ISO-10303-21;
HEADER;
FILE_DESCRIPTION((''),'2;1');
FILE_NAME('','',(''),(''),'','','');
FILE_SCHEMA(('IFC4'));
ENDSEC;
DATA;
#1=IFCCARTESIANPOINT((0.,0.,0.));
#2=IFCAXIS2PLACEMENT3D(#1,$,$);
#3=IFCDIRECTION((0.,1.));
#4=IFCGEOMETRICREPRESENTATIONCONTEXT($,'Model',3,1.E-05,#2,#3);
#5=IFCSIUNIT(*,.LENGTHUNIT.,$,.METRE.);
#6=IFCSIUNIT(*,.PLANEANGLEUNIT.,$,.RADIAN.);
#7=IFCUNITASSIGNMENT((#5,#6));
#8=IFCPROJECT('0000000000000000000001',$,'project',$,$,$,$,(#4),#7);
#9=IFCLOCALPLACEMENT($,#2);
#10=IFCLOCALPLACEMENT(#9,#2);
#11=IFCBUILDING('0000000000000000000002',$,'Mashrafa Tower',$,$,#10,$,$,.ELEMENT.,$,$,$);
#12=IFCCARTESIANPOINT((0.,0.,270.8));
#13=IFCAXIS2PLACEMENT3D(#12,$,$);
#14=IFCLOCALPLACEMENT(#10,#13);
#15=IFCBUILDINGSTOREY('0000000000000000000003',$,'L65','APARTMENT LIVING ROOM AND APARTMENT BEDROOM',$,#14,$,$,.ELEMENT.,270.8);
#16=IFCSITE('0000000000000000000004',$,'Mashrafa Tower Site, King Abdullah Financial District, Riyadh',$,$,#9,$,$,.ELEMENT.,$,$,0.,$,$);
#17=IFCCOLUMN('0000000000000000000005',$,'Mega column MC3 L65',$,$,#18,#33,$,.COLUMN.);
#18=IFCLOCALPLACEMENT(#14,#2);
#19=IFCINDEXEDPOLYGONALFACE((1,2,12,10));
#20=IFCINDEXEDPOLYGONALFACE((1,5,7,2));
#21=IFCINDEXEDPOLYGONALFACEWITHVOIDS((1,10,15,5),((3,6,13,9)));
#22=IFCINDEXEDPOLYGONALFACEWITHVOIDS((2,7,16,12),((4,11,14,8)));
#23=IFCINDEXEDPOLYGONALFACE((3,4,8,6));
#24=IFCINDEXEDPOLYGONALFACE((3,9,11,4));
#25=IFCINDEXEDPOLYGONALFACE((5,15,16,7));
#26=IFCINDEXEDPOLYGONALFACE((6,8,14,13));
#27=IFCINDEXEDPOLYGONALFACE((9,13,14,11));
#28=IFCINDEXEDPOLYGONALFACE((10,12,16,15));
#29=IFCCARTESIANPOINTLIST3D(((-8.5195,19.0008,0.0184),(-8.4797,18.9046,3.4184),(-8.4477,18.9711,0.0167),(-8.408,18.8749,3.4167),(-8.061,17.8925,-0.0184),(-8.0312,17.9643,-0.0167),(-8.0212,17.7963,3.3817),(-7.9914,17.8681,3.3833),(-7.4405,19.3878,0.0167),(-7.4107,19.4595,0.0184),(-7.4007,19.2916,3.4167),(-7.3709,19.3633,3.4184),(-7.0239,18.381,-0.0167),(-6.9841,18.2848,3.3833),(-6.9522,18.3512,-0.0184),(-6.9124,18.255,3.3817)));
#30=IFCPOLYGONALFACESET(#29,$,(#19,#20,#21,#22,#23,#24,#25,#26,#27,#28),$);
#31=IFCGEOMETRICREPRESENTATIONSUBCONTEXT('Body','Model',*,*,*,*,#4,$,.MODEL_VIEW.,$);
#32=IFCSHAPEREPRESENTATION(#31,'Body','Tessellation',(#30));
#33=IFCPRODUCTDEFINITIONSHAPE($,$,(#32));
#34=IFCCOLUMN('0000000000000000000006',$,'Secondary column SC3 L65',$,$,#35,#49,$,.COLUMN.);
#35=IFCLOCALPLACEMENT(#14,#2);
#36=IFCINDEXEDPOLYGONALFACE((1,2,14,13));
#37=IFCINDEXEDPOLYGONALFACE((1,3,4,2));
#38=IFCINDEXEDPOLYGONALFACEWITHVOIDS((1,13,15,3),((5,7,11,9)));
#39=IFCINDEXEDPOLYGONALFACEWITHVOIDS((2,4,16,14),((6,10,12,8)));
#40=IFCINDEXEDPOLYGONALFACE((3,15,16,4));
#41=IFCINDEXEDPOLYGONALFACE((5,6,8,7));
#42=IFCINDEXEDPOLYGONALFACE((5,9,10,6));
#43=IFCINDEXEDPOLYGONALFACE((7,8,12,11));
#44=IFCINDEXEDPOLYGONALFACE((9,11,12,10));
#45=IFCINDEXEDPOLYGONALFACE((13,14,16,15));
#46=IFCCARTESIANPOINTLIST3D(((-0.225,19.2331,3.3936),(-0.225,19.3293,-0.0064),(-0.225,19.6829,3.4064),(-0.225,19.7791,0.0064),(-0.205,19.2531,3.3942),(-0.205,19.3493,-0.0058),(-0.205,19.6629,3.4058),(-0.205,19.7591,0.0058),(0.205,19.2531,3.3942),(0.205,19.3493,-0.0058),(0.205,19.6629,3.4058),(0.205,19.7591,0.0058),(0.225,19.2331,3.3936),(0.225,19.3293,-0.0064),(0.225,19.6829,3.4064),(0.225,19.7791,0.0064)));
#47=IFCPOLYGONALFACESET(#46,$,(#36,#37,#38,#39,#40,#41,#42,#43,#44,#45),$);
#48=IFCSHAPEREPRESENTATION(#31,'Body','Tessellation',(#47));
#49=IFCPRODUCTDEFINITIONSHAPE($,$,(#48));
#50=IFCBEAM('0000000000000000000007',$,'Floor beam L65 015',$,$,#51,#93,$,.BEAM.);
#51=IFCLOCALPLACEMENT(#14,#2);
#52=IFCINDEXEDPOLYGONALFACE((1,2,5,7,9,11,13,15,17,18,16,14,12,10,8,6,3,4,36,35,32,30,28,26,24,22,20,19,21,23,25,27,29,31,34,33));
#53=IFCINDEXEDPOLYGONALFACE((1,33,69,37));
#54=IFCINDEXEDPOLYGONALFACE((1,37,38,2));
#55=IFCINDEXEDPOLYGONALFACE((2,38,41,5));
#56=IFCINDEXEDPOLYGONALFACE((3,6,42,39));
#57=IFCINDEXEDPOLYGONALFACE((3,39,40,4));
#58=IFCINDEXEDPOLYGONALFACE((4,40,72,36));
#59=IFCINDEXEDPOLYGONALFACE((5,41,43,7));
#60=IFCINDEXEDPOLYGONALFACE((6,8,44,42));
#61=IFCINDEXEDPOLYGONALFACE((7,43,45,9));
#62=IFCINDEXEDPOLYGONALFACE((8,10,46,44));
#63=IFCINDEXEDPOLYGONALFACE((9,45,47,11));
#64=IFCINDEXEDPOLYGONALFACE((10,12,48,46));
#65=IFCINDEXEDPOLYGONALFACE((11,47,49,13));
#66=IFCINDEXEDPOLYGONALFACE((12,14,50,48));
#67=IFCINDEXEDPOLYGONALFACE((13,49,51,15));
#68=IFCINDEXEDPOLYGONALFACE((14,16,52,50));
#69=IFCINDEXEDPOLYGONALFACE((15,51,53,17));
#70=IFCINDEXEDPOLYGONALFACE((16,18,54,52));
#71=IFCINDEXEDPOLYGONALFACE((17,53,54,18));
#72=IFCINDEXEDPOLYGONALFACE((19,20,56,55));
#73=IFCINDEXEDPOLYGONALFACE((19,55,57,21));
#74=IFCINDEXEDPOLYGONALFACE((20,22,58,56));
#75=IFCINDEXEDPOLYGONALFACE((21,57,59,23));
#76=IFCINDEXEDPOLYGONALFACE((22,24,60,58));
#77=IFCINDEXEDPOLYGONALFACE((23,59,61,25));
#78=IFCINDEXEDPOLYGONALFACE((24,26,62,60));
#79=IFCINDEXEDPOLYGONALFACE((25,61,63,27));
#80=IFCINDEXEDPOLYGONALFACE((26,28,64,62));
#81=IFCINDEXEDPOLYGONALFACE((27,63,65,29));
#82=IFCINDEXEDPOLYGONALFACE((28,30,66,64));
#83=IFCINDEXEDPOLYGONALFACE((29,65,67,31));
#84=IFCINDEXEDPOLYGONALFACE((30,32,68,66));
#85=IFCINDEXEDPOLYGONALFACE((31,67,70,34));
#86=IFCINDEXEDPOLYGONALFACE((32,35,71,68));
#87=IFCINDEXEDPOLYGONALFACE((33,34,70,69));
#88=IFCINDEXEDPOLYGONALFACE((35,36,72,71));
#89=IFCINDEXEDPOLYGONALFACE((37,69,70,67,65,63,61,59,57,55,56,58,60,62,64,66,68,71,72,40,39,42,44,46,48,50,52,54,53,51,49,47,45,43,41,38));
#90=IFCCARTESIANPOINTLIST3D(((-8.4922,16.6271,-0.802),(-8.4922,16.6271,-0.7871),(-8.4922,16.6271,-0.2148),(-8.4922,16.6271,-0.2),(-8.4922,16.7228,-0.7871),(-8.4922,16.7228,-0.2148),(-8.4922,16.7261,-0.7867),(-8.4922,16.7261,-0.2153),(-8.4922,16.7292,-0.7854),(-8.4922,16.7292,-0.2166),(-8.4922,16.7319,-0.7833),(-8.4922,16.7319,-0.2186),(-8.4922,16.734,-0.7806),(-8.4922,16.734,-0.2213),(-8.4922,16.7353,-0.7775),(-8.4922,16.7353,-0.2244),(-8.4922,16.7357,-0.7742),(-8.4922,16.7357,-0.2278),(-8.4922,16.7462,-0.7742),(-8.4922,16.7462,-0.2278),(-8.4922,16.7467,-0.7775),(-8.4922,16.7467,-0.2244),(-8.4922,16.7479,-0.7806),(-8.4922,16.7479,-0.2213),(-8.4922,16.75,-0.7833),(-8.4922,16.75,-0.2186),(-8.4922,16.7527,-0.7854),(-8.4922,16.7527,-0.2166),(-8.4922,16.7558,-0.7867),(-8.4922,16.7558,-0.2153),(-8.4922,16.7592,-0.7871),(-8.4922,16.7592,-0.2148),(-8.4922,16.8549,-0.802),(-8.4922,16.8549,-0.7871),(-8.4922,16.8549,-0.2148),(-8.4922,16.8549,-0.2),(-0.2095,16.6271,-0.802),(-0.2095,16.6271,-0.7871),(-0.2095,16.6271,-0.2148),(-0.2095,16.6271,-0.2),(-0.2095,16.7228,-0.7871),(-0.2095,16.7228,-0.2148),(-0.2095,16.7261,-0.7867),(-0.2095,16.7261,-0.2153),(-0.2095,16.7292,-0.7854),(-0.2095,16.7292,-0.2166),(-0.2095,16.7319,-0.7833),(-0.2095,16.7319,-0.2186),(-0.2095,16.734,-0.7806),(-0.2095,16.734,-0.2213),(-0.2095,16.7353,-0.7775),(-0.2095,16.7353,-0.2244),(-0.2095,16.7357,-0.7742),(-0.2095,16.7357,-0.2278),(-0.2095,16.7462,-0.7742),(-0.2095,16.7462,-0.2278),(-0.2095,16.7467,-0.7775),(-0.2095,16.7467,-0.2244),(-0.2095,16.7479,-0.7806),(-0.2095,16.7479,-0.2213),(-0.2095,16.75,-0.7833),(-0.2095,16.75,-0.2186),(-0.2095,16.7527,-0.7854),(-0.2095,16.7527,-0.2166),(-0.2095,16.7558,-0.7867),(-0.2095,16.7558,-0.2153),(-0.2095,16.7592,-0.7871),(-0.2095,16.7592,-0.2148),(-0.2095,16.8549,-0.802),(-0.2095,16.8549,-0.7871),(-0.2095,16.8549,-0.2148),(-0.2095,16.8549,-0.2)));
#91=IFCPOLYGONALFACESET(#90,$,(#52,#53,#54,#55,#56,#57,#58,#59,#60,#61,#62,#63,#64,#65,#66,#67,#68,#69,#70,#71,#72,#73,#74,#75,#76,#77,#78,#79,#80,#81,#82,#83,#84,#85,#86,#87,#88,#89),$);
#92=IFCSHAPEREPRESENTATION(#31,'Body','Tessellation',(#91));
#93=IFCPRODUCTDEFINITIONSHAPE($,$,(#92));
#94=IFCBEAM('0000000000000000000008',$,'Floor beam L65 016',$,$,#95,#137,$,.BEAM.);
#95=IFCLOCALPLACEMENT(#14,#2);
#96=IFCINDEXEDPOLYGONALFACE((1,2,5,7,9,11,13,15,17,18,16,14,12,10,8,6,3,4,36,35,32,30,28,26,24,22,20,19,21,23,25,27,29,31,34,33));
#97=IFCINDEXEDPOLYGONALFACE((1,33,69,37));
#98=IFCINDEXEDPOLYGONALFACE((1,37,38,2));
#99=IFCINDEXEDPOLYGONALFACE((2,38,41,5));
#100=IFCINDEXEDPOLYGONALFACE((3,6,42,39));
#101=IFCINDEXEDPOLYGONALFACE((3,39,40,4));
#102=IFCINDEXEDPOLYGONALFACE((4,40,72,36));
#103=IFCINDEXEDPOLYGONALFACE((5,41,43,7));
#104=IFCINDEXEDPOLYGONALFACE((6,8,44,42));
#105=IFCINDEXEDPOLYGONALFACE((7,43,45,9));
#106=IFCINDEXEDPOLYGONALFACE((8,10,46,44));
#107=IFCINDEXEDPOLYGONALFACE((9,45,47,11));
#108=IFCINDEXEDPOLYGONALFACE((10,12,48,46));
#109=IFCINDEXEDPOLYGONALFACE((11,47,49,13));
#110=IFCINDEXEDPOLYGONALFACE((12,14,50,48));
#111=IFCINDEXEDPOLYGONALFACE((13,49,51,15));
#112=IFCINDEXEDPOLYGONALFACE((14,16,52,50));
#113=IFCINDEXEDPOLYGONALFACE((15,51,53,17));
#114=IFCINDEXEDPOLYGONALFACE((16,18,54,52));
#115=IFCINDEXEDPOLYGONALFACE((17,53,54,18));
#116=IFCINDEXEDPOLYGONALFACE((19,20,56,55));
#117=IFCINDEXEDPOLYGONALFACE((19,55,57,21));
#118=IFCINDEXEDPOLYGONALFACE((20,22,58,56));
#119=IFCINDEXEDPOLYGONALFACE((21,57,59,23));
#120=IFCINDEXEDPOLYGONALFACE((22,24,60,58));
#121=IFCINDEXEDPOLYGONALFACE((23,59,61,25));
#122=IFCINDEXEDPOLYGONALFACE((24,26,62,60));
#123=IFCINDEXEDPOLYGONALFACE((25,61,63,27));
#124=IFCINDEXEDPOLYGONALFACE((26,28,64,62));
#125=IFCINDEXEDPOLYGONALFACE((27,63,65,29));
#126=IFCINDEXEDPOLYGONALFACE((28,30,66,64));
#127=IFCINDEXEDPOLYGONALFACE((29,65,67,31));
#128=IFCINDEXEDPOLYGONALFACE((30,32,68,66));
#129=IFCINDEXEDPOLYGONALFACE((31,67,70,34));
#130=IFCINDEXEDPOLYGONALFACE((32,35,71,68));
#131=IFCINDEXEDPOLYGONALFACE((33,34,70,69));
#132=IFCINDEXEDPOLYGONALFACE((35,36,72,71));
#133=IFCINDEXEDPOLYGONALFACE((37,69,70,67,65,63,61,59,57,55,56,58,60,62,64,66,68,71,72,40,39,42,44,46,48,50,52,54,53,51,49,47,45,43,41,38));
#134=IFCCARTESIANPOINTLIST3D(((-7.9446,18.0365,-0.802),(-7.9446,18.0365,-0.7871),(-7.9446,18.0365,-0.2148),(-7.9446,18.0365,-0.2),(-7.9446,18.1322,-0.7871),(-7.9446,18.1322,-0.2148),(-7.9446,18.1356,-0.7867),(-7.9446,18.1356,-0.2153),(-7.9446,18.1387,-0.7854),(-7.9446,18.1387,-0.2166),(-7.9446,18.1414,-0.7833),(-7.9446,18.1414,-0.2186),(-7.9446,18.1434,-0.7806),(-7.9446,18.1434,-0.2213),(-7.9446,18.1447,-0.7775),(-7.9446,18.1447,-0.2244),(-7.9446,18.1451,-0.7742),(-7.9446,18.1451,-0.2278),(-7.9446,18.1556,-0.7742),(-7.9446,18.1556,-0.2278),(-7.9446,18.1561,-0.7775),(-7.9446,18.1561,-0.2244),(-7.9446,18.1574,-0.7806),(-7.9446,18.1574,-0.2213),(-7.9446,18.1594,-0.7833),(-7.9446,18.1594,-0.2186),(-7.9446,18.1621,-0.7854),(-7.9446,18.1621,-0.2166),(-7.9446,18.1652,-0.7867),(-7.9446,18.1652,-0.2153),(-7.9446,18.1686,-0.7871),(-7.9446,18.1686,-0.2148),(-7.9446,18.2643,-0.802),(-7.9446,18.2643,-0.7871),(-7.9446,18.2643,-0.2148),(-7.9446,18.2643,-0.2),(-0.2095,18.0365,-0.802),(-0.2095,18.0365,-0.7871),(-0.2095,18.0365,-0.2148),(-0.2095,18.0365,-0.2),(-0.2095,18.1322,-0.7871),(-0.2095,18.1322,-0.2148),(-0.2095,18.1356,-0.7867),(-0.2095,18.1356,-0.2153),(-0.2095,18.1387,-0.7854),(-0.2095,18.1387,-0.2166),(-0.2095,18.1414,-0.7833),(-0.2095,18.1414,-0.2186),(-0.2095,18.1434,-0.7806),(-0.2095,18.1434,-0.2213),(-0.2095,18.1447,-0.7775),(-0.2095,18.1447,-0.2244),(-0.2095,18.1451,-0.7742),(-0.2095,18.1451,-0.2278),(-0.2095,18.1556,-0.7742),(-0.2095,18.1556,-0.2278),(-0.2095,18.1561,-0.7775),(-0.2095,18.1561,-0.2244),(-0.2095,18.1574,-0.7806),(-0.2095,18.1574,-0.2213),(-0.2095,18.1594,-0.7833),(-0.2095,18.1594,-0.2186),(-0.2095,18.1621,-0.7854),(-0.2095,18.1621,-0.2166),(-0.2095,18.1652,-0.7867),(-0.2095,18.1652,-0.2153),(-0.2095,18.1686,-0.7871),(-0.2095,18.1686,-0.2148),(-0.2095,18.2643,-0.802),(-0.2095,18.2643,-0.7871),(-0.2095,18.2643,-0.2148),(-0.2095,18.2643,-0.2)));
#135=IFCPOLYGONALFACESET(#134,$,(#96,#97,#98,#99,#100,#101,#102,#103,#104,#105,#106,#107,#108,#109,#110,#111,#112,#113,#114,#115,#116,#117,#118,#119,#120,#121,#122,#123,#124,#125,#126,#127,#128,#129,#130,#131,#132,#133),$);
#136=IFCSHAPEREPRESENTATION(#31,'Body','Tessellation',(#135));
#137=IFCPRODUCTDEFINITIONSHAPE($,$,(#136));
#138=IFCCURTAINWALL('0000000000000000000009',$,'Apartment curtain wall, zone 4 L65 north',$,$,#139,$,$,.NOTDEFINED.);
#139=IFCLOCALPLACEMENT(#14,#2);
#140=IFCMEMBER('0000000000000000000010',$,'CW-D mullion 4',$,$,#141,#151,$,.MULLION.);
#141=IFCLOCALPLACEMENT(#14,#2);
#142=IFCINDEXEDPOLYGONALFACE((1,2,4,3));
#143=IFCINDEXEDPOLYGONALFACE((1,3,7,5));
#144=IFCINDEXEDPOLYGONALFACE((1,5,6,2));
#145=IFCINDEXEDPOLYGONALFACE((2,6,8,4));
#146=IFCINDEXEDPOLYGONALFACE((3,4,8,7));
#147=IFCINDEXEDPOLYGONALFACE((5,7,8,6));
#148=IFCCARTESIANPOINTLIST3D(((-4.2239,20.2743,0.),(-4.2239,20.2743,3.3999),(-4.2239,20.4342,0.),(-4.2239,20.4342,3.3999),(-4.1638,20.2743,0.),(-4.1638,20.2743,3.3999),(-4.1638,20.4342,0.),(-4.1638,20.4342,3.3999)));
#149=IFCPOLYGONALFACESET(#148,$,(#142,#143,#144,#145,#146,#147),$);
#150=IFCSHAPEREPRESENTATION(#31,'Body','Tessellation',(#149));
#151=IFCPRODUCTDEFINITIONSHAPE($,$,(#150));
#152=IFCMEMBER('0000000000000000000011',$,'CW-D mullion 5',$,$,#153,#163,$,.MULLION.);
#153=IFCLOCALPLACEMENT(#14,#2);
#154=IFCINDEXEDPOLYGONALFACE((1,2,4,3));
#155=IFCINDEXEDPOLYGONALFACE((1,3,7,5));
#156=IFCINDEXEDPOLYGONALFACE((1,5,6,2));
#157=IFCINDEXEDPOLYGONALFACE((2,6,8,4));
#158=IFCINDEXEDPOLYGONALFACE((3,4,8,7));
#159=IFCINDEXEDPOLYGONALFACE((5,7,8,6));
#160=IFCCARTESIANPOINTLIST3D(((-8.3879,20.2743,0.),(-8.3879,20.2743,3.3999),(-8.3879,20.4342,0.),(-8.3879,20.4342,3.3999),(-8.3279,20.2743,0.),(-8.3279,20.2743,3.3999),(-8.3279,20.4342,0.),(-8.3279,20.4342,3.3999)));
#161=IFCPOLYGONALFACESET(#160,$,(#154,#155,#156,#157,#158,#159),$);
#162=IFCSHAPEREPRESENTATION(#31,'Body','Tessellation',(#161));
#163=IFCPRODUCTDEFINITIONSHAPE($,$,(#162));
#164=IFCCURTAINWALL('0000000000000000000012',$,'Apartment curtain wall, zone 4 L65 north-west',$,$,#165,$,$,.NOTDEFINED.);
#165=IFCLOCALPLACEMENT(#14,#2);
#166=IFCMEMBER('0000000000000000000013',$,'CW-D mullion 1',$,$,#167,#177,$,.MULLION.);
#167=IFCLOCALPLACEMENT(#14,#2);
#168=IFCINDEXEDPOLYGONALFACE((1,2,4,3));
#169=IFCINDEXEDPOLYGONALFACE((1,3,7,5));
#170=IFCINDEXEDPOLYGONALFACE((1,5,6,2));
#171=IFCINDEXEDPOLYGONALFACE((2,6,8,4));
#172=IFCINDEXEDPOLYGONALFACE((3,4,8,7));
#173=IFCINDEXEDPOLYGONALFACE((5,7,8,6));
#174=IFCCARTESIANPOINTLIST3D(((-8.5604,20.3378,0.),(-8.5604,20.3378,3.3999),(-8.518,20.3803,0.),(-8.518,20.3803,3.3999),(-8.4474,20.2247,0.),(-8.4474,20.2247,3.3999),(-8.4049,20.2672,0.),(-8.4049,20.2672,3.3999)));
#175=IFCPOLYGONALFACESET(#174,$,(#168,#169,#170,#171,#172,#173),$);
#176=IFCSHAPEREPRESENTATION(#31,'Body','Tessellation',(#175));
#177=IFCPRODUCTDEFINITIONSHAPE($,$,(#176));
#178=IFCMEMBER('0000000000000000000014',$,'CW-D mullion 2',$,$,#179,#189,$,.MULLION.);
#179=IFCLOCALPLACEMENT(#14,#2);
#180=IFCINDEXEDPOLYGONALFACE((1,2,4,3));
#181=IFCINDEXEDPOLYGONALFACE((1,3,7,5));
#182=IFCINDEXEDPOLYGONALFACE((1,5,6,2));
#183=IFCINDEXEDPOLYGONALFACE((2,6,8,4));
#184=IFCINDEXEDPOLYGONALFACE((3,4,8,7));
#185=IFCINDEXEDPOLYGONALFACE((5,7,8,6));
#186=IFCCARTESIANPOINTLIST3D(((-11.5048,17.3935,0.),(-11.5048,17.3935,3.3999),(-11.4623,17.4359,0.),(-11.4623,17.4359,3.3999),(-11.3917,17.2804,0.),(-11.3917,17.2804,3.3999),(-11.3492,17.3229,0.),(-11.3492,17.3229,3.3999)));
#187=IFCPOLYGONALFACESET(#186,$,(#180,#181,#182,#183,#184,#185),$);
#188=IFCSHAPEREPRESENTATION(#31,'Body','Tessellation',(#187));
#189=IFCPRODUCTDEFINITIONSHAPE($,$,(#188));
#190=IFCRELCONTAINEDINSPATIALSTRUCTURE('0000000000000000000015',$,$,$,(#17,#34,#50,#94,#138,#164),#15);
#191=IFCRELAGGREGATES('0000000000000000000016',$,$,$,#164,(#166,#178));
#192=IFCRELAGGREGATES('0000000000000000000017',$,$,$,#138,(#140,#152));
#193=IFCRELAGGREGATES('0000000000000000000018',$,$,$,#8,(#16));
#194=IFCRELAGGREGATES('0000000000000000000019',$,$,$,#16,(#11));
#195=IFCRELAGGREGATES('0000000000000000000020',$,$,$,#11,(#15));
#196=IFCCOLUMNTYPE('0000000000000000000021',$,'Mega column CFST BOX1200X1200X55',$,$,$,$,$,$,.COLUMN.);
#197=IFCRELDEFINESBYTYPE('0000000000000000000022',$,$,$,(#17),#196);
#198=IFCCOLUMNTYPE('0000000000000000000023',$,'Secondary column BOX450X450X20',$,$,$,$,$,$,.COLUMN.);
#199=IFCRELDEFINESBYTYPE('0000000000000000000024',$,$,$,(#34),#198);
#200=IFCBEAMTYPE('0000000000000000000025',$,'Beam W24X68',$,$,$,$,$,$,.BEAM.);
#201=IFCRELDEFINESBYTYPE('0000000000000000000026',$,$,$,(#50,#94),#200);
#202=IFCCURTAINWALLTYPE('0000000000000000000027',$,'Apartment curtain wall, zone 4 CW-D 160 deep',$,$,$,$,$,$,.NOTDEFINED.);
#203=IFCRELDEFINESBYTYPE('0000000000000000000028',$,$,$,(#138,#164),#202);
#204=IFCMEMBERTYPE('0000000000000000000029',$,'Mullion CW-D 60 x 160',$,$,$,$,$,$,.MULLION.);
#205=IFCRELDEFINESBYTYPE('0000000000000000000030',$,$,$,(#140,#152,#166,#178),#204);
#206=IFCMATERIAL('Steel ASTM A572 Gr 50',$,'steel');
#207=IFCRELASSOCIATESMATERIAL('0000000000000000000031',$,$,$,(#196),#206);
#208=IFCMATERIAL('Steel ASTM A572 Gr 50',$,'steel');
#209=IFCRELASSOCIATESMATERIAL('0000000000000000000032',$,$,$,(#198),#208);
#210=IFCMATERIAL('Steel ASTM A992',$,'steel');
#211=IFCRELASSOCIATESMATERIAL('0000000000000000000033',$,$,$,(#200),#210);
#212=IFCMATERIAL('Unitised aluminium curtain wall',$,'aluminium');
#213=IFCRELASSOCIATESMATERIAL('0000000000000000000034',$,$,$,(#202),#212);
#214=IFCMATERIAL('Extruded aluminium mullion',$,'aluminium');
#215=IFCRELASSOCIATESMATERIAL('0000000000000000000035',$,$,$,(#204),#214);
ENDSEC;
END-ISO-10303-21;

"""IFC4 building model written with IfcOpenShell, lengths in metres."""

from ifc_helpers import new_model, si_unit, direction, frame, origin, origin_2d, place, context, subcontext, project, spatial, rectangle, hollow_rectangle, i_section, extrude, source, transform, mapped, material, material_profile, profile_set, type_object, type_shapes, element, aggregate, save


model = new_model("IFC4")

# Units and contexts
model_context = context("Model", 3, precision=1e-05, world=origin(), true_north=direction((0.0, 1.0)))
body_context = subcontext(model_context, "Body", "Model", "MODEL_VIEW")
ifc_project = project(units=[si_unit("LENGTHUNIT", "METRE"), si_unit("PLANEANGLEUNIT", "RADIAN")], contexts=[model_context])

# Site, building, storey
site_placement = place(None, origin())
site = spatial("IfcSite", under=ifc_project, at=site_placement, Name="Mashrafa Tower Site, King Abdullah Financial District, Riyadh", CompositionType="ELEMENT", RefElevation=0.0)
building_placement = place(site_placement, origin())
building = spatial("IfcBuilding", under=site, at=building_placement, Name="Mashrafa Tower", CompositionType="ELEMENT")
storey_placement = place(building_placement, frame((0.0, 0.0, 270.8)))
storey = spatial("IfcBuildingStorey", under=building, at=storey_placement, Name="L65", Description="APARTMENT LIVING ROOM AND APARTMENT BEDROOM", CompositionType="ELEMENT", Elevation=270.8)

# Columns
ifc_material_1 = material(Name="Steel ASTM A572 Gr 50", Category="steel")
ifc_material_profile_1 = material_profile(ifc_material_1, hollow_rectangle(XDim=1.2, YDim=1.2, WallThickness=0.0549, at=origin_2d()), Name="BOX1200X1200X55")
ifc_profile_set_1 = profile_set([ifc_material_profile_1], Name="Steel ASTM A572 Gr 50")
column_type_1 = type_object("IfcColumnType", Name="Mega column CFST BOX1200X1200X55", PredefinedType="COLUMN", material=ifc_profile_set_1)
column_1_placement = place(storey_placement, frame((-7.7358, 18.676, 0.0), z_axis=(0.011699, -0.028279, 0.999532), x_axis=(0.924045, 0.382283, 0.0)))
element("IfcColumn", 1, at=column_1_placement, inside=storey, type_object=column_type_1, Name="Mega column MC3 L65", PredefinedType="COLUMN", context=body_context, shape_type="SweptSolid", body=[
    extrude(hollow_rectangle(XDim=1.2, YDim=1.2, WallThickness=0.0549, at=origin_2d()), origin(), (0.0, 0.0, 1.0), 3.4016),
])
ifc_material_2 = material(Name="Steel ASTM A572 Gr 50", Category="steel")
ifc_material_profile_2 = material_profile(ifc_material_2, hollow_rectangle(XDim=0.45, YDim=0.45, WallThickness=0.02, at=origin_2d()), Name="BOX450X450X20")
ifc_profile_set_2 = profile_set([ifc_material_profile_2], Name="Steel ASTM A572 Gr 50")
column_type_2 = type_object("IfcColumnType", Name="Secondary column BOX450X450X20", PredefinedType="COLUMN", material=ifc_profile_set_2)
column_2_placement = place(storey_placement, frame((0.0, 19.5542, 0.0), z_axis=(0.0, -0.028281, 0.9996), x_axis=(1.0, 0.0, 0.0)))
element("IfcColumn", 2, at=column_2_placement, inside=storey, type_object=column_type_2, Name="Secondary column SC3 L65", PredefinedType="COLUMN", context=body_context, shape_type="SweptSolid", body=[
    extrude(hollow_rectangle(XDim=0.45, YDim=0.45, WallThickness=0.02, at=origin_2d()), origin(), (0.0, 0.0, 1.0), 3.4014),
])

# Beams
ifc_material_3 = material(Name="Steel ASTM A992", Category="steel")
ifc_material_profile_3 = material_profile(ifc_material_3, i_section(OverallWidth=0.2278, OverallDepth=0.6021, WebThickness=0.0105, FlangeThickness=0.0149, FilletRadius=0.0129, at=origin_2d()), Name="W24X68")
ifc_profile_set_3 = profile_set([ifc_material_profile_3], Name="Steel ASTM A992")
beam_type = type_object("IfcBeamType", Name="Beam W24X68", PredefinedType="BEAM", material=ifc_profile_set_3)
beam_1_placement = place(storey_placement, frame((-8.4922, 16.741, -0.501), z_axis=(1.0, 0.0, 0.0), x_axis=(0.0, 1.0, 0.0)))
element("IfcBeam", 3, at=beam_1_placement, inside=storey, type_object=beam_type, Name="Floor beam L65 015", PredefinedType="BEAM", context=body_context, shape_type="SweptSolid", body=[
    extrude(i_section(OverallWidth=0.2278, OverallDepth=0.6021, WebThickness=0.0105, FlangeThickness=0.0149, FilletRadius=0.0129, at=origin_2d()), origin(), (0.0, 0.0, 1.0), 8.2827),
])
beam_2_placement = place(storey_placement, frame((-7.9446, 18.1504, -0.501), z_axis=(1.0, 0.0, 0.0), x_axis=(0.0, 1.0, 0.0)))
element("IfcBeam", 4, at=beam_2_placement, inside=storey, type_object=beam_type, Name="Floor beam L65 016", PredefinedType="BEAM", context=body_context, shape_type="SweptSolid", body=[
    extrude(i_section(OverallWidth=0.2278, OverallDepth=0.6021, WebThickness=0.0105, FlangeThickness=0.0149, FilletRadius=0.0129, at=origin_2d()), origin(), (0.0, 0.0, 1.0), 7.7351),
])

# Curtain walls, members
ifc_material_4 = material(Name="Unitised aluminium curtain wall", Category="aluminium")
curtain_wall_type = type_object("IfcCurtainWallType", Name="Apartment curtain wall, zone 4 CW-D 160 deep", PredefinedType="NOTDEFINED", material=ifc_material_4)
curtain_wall_1_placement = place(storey_placement, origin())
curtain_wall_1 = element("IfcCurtainWall", 5, at=curtain_wall_1_placement, inside=storey, type_object=curtain_wall_type, Name="Apartment curtain wall, zone 4 L65 north", PredefinedType="NOTDEFINED")
ifc_material_5 = material(Name="Extruded aluminium mullion", Category="aluminium")
ifc_material_profile_4 = material_profile(ifc_material_5, rectangle(XDim=0.1599, YDim=0.0601, at=origin_2d()), Name="Mullion 60x160")
ifc_profile_set_4 = profile_set([ifc_material_profile_4], Name="Extruded aluminium mullion")
member_type_1 = type_object("IfcMemberType", Name="Mullion CW-D 60 x 160", PredefinedType="MULLION", material=ifc_profile_set_4)
shared_shape_1 = source(origin(), body_context, "Body", "SweptSolid", [
    extrude(rectangle(XDim=0.1599, YDim=0.0601, at=origin_2d()), origin(), (0.0, 0.0, 1.0), 3.3999),
])
type_shapes(member_type_1, [shared_shape_1])
member_1_placement = place(storey_placement, frame((-4.1938, 20.3542, 0.0), z_axis=(0.0, 0.0, 1.0), x_axis=(0.0, -1.0, 0.0)))
member_1 = element("IfcMember", 6, at=member_1_placement, type_object=member_type_1, Name="CW-D mullion 4", PredefinedType="MULLION", context=body_context, shape_type="MappedRepresentation", body=[
    mapped(shared_shape_1, transform((0.0, 0.0, 0.0))),
])
member_2_placement = place(storey_placement, frame((-8.3579, 20.3542, 0.0), z_axis=(0.0, 0.0, 1.0), x_axis=(0.0, -1.0, 0.0)))
member_2 = element("IfcMember", 7, at=member_2_placement, type_object=member_type_1, Name="CW-D mullion 5", PredefinedType="MULLION", context=body_context, shape_type="MappedRepresentation", body=[
    mapped(shared_shape_1, transform((0.0, 0.0, 0.0))),
])
curtain_wall_2_placement = place(storey_placement, origin())
curtain_wall_2 = element("IfcCurtainWall", 8, at=curtain_wall_2_placement, inside=storey, type_object=curtain_wall_type, Name="Apartment curtain wall, zone 4 L65 north-west", PredefinedType="NOTDEFINED")
member_3_placement = place(storey_placement, frame((-8.4827, 20.3025, 0.0), z_axis=(0.0, 0.0, 1.0), x_axis=(0.707107, -0.707107, 0.0)))
member_3 = element("IfcMember", 9, at=member_3_placement, type_object=member_type_1, Name="CW-D mullion 1", PredefinedType="MULLION", context=body_context, shape_type="MappedRepresentation", body=[
    mapped(shared_shape_1, transform((0.0, 0.0, 0.0))),
])
member_4_placement = place(storey_placement, frame((-11.427, 17.3582, 0.0), z_axis=(0.0, 0.0, 1.0), x_axis=(0.707107, -0.707107, 0.0)))
member_4 = element("IfcMember", 10, at=member_4_placement, type_object=member_type_1, Name="CW-D mullion 2", PredefinedType="MULLION", context=body_context, shape_type="MappedRepresentation", body=[
    mapped(shared_shape_1, transform((0.0, 0.0, 0.0))),
])

aggregate(curtain_wall_2, [member_3, member_4])
aggregate(curtain_wall_1, [member_1, member_2])

save(model, "model.ifc")
